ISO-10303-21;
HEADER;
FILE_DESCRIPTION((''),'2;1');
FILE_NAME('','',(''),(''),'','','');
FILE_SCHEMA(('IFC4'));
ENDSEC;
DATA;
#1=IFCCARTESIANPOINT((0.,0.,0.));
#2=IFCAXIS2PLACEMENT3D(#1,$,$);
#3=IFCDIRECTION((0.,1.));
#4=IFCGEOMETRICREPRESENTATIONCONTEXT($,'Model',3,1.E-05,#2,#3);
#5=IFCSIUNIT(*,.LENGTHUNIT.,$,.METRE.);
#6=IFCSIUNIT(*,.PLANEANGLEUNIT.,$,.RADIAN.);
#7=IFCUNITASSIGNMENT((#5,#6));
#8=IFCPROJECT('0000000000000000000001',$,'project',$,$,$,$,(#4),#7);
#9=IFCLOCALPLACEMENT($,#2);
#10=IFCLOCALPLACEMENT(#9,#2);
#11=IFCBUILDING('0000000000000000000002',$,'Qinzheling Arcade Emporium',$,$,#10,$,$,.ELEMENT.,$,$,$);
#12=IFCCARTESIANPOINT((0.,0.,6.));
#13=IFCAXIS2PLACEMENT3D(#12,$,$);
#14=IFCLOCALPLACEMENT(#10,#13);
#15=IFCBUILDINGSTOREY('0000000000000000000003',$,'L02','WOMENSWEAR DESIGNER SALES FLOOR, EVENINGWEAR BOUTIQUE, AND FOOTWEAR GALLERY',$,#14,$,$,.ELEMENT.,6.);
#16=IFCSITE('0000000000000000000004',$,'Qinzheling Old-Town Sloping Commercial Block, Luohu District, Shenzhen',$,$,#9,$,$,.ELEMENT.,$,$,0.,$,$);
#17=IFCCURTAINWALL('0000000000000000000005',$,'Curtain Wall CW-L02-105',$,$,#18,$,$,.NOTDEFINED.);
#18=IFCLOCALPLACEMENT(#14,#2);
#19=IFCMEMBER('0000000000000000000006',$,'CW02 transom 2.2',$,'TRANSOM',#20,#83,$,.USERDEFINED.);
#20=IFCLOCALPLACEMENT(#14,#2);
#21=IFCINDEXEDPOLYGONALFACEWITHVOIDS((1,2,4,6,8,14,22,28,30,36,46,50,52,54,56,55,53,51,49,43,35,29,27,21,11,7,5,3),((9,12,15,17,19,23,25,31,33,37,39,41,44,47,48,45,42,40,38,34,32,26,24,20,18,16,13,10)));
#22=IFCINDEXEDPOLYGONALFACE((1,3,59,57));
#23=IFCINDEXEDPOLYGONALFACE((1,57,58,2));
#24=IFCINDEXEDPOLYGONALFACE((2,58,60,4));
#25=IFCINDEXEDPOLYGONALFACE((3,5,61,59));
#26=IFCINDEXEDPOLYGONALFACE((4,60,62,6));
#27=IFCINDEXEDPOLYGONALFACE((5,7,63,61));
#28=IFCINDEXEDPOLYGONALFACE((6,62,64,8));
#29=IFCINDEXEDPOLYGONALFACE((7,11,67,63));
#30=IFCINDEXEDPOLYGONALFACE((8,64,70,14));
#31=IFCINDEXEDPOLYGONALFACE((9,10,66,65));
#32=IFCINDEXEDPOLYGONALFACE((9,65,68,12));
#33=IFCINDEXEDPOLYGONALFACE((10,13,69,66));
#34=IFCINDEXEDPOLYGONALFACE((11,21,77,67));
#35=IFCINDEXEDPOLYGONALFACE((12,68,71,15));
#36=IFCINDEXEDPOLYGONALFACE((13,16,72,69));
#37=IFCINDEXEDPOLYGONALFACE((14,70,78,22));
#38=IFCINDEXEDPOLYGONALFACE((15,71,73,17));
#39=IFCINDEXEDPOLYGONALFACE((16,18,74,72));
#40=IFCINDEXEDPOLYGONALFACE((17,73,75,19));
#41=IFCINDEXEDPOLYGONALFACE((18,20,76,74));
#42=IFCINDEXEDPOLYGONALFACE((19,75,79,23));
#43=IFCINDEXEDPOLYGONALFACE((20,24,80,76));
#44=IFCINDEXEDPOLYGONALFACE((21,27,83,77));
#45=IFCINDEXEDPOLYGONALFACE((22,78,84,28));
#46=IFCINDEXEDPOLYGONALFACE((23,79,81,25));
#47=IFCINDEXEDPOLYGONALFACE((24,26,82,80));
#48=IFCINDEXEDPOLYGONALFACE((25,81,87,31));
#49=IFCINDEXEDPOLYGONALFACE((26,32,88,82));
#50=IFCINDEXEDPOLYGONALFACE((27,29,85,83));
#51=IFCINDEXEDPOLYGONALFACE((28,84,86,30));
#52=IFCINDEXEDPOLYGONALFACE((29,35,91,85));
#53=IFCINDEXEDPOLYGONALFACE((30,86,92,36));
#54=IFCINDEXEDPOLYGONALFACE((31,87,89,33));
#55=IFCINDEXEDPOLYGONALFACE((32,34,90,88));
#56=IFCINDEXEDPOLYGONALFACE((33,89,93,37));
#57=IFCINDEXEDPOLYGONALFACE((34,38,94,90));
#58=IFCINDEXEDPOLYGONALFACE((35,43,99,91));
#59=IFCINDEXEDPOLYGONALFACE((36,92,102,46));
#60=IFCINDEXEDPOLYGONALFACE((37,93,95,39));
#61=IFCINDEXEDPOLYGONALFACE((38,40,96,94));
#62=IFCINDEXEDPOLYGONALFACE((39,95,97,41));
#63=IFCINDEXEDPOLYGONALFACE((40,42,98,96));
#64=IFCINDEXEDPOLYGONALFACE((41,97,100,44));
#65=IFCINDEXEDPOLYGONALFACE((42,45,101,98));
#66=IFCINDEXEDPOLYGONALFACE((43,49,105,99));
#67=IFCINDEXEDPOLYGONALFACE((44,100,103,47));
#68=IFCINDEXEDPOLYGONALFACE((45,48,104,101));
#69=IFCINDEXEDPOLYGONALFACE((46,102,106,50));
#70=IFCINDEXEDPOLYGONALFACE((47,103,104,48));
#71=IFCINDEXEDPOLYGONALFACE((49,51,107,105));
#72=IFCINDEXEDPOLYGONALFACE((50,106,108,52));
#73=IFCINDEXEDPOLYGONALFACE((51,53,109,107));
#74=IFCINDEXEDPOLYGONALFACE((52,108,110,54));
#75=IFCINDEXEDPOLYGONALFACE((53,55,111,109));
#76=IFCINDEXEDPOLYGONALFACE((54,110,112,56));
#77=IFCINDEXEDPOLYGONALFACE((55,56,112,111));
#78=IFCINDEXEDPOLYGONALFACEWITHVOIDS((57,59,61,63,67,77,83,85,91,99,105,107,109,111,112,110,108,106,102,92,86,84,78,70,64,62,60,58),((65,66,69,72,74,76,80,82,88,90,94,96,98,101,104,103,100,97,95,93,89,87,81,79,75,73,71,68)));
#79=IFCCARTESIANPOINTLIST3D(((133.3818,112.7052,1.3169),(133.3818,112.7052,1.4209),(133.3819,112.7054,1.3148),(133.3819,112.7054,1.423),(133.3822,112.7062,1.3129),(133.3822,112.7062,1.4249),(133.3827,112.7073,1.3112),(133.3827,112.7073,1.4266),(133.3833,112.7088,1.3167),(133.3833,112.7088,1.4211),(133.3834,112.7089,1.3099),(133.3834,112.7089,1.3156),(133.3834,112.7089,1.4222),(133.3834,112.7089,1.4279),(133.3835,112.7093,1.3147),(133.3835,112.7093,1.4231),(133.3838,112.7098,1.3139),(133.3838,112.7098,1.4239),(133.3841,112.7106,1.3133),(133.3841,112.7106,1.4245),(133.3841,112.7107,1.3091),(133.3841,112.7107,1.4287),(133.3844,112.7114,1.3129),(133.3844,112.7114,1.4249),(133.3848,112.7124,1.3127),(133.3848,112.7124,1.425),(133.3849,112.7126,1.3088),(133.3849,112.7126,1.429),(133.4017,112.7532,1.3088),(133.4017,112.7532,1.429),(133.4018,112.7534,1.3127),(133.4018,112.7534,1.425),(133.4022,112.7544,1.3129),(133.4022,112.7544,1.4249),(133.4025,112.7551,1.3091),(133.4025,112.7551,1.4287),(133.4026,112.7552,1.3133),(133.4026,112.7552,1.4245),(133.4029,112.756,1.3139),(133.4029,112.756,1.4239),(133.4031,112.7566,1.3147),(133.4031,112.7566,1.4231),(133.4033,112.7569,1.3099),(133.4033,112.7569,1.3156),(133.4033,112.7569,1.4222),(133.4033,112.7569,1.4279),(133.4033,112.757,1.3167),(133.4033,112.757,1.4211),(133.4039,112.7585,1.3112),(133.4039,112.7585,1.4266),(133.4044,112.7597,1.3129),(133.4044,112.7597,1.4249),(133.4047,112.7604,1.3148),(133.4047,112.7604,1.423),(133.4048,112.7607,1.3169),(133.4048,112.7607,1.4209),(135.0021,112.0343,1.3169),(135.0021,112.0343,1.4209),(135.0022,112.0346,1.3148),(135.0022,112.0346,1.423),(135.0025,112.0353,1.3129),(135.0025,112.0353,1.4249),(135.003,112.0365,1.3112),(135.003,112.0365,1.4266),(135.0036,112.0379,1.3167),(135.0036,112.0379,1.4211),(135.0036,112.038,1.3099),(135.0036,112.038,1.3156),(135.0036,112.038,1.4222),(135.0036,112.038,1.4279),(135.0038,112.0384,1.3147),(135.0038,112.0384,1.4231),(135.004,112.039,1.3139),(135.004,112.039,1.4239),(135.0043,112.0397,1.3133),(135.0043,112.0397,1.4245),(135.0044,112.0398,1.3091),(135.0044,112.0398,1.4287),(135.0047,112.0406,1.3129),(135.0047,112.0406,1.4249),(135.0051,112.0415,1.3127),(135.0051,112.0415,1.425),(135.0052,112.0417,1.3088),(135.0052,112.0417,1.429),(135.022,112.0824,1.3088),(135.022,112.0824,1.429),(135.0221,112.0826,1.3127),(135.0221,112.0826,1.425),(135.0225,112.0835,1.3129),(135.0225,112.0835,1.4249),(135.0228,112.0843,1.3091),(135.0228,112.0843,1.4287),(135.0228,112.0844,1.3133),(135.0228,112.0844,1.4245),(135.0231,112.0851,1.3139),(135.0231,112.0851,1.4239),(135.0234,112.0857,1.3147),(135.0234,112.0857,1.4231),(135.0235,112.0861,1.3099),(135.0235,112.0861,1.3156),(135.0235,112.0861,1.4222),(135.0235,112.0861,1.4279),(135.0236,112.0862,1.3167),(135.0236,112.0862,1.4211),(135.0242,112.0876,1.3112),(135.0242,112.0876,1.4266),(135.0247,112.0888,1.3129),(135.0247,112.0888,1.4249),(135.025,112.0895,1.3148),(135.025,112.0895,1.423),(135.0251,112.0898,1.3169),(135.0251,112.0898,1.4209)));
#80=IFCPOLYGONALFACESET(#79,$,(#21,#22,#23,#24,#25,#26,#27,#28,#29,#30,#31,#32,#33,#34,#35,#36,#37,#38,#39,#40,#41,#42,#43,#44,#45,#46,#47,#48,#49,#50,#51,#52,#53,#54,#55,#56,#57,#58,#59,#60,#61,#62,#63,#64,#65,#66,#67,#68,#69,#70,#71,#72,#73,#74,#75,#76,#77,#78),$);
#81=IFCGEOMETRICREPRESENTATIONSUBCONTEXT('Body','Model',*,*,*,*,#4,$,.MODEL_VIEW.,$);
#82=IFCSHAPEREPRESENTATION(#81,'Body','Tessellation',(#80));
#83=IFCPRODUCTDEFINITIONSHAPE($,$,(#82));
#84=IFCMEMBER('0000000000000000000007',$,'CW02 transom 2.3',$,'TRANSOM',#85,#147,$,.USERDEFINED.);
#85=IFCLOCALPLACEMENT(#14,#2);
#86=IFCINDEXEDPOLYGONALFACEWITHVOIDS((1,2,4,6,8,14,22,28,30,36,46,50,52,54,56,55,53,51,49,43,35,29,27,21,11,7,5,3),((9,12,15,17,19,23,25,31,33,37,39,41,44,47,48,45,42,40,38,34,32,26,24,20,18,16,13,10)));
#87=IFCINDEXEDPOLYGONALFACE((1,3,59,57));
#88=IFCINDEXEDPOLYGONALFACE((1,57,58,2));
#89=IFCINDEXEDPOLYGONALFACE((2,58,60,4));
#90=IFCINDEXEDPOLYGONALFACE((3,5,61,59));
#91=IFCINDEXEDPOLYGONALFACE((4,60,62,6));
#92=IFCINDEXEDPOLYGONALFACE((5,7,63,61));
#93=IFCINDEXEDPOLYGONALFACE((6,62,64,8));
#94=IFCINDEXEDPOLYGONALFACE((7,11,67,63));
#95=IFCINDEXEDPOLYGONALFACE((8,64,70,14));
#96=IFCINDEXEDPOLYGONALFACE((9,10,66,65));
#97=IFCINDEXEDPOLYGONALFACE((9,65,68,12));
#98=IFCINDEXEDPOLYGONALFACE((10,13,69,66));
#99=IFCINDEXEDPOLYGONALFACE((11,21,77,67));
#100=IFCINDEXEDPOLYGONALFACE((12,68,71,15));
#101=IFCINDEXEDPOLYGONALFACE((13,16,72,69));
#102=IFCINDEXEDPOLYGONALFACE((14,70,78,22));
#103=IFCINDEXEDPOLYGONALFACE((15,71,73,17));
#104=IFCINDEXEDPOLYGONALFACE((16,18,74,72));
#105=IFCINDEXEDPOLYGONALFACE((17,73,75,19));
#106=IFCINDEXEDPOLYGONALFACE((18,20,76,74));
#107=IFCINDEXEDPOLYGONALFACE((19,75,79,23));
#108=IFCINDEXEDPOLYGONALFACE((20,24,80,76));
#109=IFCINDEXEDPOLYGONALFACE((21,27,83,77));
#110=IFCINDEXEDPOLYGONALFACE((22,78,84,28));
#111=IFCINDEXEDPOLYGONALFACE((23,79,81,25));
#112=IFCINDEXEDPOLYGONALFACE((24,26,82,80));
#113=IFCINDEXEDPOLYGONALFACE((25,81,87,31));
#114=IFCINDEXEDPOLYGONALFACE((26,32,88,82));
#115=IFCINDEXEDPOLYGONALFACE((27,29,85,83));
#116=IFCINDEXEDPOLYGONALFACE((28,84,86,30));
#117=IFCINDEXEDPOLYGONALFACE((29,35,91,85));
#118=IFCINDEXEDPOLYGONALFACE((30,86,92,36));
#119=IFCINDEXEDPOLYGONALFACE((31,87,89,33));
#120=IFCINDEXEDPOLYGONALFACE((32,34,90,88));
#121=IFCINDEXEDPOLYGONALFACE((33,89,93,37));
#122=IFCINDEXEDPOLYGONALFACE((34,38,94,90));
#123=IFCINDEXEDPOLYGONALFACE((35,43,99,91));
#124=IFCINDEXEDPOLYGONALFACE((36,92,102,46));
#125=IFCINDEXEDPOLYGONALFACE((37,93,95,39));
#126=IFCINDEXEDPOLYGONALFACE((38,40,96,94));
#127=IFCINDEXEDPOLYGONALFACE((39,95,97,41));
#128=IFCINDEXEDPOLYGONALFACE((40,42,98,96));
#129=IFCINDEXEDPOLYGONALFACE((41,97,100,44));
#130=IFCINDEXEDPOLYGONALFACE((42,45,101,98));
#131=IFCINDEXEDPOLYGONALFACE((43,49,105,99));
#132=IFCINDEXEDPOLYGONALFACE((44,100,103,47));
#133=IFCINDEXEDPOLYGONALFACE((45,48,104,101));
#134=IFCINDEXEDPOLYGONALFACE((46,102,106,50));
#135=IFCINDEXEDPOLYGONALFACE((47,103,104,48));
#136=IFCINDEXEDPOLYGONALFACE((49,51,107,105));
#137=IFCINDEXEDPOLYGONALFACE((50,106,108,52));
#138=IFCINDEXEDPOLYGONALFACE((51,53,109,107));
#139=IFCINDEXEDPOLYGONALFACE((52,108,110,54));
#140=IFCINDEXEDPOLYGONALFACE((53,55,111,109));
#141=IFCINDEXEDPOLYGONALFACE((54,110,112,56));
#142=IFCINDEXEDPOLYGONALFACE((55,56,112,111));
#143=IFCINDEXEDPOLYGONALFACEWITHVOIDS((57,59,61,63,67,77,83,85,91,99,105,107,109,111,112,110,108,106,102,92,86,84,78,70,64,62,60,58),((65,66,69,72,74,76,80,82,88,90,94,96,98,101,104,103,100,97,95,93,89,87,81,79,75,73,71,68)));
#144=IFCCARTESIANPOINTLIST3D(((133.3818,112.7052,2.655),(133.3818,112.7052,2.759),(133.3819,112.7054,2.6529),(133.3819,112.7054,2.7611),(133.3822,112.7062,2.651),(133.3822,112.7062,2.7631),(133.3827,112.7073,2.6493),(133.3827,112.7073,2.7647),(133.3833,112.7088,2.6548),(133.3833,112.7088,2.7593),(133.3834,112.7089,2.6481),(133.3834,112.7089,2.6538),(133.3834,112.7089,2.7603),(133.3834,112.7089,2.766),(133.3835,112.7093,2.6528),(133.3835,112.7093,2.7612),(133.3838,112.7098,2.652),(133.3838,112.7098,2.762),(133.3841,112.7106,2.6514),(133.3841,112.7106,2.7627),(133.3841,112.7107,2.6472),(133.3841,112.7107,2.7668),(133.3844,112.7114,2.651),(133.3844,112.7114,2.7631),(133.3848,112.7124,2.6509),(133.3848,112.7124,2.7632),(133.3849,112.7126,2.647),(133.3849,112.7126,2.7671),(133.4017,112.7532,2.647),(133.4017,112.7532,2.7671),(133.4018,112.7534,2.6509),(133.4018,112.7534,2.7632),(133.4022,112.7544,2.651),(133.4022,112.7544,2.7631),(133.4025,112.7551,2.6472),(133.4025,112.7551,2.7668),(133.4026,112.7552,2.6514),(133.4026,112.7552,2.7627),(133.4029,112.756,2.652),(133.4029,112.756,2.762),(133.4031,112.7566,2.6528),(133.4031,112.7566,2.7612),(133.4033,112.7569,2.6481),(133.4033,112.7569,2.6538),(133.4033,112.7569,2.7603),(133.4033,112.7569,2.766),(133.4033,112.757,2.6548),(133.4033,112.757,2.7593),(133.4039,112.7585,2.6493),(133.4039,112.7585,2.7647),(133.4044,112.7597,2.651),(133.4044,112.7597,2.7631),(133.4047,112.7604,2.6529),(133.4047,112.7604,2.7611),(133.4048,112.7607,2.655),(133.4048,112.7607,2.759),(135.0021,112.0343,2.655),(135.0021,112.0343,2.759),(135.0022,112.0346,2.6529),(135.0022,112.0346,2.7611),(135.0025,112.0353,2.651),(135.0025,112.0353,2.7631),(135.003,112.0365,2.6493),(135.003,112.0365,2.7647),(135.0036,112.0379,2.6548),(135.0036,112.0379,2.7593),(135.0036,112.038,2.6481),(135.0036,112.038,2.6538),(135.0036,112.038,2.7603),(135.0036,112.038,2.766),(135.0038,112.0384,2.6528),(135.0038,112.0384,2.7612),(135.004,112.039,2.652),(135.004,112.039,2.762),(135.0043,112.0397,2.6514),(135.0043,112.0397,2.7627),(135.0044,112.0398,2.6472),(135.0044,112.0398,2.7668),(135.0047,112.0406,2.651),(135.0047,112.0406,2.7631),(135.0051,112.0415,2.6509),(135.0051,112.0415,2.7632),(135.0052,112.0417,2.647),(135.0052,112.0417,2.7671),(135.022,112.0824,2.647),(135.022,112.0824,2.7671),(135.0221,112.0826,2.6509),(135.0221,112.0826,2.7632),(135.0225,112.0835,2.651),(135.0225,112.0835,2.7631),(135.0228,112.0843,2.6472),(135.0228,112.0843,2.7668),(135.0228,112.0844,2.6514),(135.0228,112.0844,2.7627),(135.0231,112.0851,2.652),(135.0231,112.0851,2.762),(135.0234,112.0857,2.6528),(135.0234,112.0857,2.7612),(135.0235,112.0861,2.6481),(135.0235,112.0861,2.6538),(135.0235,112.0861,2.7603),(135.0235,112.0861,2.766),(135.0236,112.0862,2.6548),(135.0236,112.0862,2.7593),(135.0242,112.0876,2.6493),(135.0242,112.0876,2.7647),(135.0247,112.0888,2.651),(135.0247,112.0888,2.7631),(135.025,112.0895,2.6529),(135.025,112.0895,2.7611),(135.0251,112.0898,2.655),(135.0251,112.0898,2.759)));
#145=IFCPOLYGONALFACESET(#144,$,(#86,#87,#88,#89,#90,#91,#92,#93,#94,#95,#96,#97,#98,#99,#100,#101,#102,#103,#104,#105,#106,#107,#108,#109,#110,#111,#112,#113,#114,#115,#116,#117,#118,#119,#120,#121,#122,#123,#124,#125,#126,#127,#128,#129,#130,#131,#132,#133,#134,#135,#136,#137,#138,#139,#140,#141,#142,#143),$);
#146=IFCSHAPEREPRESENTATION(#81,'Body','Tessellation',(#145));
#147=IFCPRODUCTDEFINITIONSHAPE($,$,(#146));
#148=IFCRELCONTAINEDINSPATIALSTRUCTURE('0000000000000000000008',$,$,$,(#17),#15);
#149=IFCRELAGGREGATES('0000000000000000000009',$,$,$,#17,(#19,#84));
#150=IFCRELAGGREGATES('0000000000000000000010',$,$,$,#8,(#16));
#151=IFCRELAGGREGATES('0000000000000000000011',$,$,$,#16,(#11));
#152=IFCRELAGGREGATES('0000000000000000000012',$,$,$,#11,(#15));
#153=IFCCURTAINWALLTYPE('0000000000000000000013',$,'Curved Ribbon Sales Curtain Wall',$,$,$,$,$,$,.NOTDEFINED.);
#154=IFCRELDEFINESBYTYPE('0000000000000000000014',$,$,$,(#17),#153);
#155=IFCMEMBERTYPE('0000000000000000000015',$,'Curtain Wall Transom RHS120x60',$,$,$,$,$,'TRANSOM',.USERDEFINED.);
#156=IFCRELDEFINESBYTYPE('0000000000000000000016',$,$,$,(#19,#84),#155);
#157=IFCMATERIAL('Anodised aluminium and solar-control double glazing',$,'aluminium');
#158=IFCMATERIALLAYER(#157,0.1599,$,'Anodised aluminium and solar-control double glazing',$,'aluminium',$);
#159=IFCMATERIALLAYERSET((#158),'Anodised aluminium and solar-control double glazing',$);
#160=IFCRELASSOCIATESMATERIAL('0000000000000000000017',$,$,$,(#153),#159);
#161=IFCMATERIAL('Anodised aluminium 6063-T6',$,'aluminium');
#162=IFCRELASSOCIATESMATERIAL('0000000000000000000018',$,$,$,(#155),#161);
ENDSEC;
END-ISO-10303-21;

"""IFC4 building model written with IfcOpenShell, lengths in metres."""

from ifc_helpers import new_model, si_unit, direction, frame, origin, origin_2d, place, context, subcontext, project, spatial, hollow_rectangle, extrude, material, layer, layer_set, material_profile, profile_set, type_object, element, aggregate, save


model = new_model("IFC4")

# Units and contexts
model_context = context("Model", 3, precision=1e-05, world=origin(), true_north=direction((0.0, 1.0)))
body_context = subcontext(model_context, "Body", "Model", "MODEL_VIEW")
ifc_project = project(units=[si_unit("LENGTHUNIT", "METRE"), si_unit("PLANEANGLEUNIT", "RADIAN")], contexts=[model_context])

# Site, building, storey
site_placement = place(None, origin())
site = spatial("IfcSite", under=ifc_project, at=site_placement, Name="Qinzheling Old-Town Sloping Commercial Block, Luohu District, Shenzhen", CompositionType="ELEMENT", RefElevation=0.0)
building_placement = place(site_placement, origin())
building = spatial("IfcBuilding", under=site, at=building_placement, Name="Qinzheling Arcade Emporium", CompositionType="ELEMENT")
storey_placement = place(building_placement, frame((0.0, 0.0, 6.0)))
storey = spatial("IfcBuildingStorey", under=building, at=storey_placement, Name="L02", Description="WOMENSWEAR DESIGNER SALES FLOOR, EVENINGWEAR BOUTIQUE, AND FOOTWEAR GALLERY", CompositionType="ELEMENT", Elevation=6.0)

# Curtain wall
ifc_material_1 = material(Name="Anodised aluminium and solar-control double glazing", Category="aluminium")
ifc_layer_1 = layer(ifc_material_1, 0.1599, Name="Anodised aluminium and solar-control double glazing", Category="aluminium")
ifc_layer_set_1 = layer_set([ifc_layer_1], Name="Anodised aluminium and solar-control double glazing")
curtain_wall_type = type_object("IfcCurtainWallType", Name="Curved Ribbon Sales Curtain Wall", PredefinedType="NOTDEFINED", material=ifc_layer_set_1)
curtain_wall_1_placement = place(storey_placement, origin())
curtain_wall_1 = element("IfcCurtainWall", 1, at=curtain_wall_1_placement, inside=storey, type_object=curtain_wall_type, Name="Curtain Wall CW-L02-105", PredefinedType="NOTDEFINED")
ifc_material_2 = material(Name="Anodised aluminium 6063-T6", Category="aluminium")

# Members
ifc_material_profile_1 = material_profile(ifc_material_2, hollow_rectangle(XDim=0.0601, YDim=0.1201, WallThickness=0.0039, InnerFilletRadius=0.0039, OuterFilletRadius=0.0081, at=origin_2d()), Name="RHS 120x60x4", Category="aluminium")
ifc_profile_set_1 = profile_set([ifc_material_profile_1], Name="Anodised aluminium 6063-T6")
member_type_1 = type_object("IfcMemberType", Name="Curtain Wall Transom RHS120x60", ElementType="TRANSOM", PredefinedType="USERDEFINED", material=ifc_profile_set_1)
member_1_placement = place(storey_placement, frame((133.3933, 112.7329, 1.3689), z_axis=(0.923935, -0.382549, 0.0), x_axis=(0.382549, 0.923935, 0.0)))
member_1 = element("IfcMember", 2, at=member_1_placement, type_object=member_type_1, Name="CW02 transom 2.2", ObjectType="TRANSOM", PredefinedType="USERDEFINED", context=body_context, shape_type="SweptSolid", body=[
    extrude(hollow_rectangle(XDim=0.0601, YDim=0.1201, WallThickness=0.0039, InnerFilletRadius=0.0039, OuterFilletRadius=0.0081, at=origin_2d()), origin(), (0.0, 0.0, 1.0), 1.7537),
])
member_2_placement = place(storey_placement, frame((133.3933, 112.7329, 2.707), z_axis=(0.923935, -0.382549, 0.0), x_axis=(0.382549, 0.923935, 0.0)))
member_2 = element("IfcMember", 3, at=member_2_placement, type_object=member_type_1, Name="CW02 transom 2.3", ObjectType="TRANSOM", PredefinedType="USERDEFINED", context=body_context, shape_type="SweptSolid", body=[
    extrude(hollow_rectangle(XDim=0.0601, YDim=0.1201, WallThickness=0.0039, InnerFilletRadius=0.0039, OuterFilletRadius=0.0081, at=origin_2d()), origin(), (0.0, 0.0, 1.0), 1.7537),
])

aggregate(curtain_wall_1, [member_1, member_2])

save(model, "model.ifc")
